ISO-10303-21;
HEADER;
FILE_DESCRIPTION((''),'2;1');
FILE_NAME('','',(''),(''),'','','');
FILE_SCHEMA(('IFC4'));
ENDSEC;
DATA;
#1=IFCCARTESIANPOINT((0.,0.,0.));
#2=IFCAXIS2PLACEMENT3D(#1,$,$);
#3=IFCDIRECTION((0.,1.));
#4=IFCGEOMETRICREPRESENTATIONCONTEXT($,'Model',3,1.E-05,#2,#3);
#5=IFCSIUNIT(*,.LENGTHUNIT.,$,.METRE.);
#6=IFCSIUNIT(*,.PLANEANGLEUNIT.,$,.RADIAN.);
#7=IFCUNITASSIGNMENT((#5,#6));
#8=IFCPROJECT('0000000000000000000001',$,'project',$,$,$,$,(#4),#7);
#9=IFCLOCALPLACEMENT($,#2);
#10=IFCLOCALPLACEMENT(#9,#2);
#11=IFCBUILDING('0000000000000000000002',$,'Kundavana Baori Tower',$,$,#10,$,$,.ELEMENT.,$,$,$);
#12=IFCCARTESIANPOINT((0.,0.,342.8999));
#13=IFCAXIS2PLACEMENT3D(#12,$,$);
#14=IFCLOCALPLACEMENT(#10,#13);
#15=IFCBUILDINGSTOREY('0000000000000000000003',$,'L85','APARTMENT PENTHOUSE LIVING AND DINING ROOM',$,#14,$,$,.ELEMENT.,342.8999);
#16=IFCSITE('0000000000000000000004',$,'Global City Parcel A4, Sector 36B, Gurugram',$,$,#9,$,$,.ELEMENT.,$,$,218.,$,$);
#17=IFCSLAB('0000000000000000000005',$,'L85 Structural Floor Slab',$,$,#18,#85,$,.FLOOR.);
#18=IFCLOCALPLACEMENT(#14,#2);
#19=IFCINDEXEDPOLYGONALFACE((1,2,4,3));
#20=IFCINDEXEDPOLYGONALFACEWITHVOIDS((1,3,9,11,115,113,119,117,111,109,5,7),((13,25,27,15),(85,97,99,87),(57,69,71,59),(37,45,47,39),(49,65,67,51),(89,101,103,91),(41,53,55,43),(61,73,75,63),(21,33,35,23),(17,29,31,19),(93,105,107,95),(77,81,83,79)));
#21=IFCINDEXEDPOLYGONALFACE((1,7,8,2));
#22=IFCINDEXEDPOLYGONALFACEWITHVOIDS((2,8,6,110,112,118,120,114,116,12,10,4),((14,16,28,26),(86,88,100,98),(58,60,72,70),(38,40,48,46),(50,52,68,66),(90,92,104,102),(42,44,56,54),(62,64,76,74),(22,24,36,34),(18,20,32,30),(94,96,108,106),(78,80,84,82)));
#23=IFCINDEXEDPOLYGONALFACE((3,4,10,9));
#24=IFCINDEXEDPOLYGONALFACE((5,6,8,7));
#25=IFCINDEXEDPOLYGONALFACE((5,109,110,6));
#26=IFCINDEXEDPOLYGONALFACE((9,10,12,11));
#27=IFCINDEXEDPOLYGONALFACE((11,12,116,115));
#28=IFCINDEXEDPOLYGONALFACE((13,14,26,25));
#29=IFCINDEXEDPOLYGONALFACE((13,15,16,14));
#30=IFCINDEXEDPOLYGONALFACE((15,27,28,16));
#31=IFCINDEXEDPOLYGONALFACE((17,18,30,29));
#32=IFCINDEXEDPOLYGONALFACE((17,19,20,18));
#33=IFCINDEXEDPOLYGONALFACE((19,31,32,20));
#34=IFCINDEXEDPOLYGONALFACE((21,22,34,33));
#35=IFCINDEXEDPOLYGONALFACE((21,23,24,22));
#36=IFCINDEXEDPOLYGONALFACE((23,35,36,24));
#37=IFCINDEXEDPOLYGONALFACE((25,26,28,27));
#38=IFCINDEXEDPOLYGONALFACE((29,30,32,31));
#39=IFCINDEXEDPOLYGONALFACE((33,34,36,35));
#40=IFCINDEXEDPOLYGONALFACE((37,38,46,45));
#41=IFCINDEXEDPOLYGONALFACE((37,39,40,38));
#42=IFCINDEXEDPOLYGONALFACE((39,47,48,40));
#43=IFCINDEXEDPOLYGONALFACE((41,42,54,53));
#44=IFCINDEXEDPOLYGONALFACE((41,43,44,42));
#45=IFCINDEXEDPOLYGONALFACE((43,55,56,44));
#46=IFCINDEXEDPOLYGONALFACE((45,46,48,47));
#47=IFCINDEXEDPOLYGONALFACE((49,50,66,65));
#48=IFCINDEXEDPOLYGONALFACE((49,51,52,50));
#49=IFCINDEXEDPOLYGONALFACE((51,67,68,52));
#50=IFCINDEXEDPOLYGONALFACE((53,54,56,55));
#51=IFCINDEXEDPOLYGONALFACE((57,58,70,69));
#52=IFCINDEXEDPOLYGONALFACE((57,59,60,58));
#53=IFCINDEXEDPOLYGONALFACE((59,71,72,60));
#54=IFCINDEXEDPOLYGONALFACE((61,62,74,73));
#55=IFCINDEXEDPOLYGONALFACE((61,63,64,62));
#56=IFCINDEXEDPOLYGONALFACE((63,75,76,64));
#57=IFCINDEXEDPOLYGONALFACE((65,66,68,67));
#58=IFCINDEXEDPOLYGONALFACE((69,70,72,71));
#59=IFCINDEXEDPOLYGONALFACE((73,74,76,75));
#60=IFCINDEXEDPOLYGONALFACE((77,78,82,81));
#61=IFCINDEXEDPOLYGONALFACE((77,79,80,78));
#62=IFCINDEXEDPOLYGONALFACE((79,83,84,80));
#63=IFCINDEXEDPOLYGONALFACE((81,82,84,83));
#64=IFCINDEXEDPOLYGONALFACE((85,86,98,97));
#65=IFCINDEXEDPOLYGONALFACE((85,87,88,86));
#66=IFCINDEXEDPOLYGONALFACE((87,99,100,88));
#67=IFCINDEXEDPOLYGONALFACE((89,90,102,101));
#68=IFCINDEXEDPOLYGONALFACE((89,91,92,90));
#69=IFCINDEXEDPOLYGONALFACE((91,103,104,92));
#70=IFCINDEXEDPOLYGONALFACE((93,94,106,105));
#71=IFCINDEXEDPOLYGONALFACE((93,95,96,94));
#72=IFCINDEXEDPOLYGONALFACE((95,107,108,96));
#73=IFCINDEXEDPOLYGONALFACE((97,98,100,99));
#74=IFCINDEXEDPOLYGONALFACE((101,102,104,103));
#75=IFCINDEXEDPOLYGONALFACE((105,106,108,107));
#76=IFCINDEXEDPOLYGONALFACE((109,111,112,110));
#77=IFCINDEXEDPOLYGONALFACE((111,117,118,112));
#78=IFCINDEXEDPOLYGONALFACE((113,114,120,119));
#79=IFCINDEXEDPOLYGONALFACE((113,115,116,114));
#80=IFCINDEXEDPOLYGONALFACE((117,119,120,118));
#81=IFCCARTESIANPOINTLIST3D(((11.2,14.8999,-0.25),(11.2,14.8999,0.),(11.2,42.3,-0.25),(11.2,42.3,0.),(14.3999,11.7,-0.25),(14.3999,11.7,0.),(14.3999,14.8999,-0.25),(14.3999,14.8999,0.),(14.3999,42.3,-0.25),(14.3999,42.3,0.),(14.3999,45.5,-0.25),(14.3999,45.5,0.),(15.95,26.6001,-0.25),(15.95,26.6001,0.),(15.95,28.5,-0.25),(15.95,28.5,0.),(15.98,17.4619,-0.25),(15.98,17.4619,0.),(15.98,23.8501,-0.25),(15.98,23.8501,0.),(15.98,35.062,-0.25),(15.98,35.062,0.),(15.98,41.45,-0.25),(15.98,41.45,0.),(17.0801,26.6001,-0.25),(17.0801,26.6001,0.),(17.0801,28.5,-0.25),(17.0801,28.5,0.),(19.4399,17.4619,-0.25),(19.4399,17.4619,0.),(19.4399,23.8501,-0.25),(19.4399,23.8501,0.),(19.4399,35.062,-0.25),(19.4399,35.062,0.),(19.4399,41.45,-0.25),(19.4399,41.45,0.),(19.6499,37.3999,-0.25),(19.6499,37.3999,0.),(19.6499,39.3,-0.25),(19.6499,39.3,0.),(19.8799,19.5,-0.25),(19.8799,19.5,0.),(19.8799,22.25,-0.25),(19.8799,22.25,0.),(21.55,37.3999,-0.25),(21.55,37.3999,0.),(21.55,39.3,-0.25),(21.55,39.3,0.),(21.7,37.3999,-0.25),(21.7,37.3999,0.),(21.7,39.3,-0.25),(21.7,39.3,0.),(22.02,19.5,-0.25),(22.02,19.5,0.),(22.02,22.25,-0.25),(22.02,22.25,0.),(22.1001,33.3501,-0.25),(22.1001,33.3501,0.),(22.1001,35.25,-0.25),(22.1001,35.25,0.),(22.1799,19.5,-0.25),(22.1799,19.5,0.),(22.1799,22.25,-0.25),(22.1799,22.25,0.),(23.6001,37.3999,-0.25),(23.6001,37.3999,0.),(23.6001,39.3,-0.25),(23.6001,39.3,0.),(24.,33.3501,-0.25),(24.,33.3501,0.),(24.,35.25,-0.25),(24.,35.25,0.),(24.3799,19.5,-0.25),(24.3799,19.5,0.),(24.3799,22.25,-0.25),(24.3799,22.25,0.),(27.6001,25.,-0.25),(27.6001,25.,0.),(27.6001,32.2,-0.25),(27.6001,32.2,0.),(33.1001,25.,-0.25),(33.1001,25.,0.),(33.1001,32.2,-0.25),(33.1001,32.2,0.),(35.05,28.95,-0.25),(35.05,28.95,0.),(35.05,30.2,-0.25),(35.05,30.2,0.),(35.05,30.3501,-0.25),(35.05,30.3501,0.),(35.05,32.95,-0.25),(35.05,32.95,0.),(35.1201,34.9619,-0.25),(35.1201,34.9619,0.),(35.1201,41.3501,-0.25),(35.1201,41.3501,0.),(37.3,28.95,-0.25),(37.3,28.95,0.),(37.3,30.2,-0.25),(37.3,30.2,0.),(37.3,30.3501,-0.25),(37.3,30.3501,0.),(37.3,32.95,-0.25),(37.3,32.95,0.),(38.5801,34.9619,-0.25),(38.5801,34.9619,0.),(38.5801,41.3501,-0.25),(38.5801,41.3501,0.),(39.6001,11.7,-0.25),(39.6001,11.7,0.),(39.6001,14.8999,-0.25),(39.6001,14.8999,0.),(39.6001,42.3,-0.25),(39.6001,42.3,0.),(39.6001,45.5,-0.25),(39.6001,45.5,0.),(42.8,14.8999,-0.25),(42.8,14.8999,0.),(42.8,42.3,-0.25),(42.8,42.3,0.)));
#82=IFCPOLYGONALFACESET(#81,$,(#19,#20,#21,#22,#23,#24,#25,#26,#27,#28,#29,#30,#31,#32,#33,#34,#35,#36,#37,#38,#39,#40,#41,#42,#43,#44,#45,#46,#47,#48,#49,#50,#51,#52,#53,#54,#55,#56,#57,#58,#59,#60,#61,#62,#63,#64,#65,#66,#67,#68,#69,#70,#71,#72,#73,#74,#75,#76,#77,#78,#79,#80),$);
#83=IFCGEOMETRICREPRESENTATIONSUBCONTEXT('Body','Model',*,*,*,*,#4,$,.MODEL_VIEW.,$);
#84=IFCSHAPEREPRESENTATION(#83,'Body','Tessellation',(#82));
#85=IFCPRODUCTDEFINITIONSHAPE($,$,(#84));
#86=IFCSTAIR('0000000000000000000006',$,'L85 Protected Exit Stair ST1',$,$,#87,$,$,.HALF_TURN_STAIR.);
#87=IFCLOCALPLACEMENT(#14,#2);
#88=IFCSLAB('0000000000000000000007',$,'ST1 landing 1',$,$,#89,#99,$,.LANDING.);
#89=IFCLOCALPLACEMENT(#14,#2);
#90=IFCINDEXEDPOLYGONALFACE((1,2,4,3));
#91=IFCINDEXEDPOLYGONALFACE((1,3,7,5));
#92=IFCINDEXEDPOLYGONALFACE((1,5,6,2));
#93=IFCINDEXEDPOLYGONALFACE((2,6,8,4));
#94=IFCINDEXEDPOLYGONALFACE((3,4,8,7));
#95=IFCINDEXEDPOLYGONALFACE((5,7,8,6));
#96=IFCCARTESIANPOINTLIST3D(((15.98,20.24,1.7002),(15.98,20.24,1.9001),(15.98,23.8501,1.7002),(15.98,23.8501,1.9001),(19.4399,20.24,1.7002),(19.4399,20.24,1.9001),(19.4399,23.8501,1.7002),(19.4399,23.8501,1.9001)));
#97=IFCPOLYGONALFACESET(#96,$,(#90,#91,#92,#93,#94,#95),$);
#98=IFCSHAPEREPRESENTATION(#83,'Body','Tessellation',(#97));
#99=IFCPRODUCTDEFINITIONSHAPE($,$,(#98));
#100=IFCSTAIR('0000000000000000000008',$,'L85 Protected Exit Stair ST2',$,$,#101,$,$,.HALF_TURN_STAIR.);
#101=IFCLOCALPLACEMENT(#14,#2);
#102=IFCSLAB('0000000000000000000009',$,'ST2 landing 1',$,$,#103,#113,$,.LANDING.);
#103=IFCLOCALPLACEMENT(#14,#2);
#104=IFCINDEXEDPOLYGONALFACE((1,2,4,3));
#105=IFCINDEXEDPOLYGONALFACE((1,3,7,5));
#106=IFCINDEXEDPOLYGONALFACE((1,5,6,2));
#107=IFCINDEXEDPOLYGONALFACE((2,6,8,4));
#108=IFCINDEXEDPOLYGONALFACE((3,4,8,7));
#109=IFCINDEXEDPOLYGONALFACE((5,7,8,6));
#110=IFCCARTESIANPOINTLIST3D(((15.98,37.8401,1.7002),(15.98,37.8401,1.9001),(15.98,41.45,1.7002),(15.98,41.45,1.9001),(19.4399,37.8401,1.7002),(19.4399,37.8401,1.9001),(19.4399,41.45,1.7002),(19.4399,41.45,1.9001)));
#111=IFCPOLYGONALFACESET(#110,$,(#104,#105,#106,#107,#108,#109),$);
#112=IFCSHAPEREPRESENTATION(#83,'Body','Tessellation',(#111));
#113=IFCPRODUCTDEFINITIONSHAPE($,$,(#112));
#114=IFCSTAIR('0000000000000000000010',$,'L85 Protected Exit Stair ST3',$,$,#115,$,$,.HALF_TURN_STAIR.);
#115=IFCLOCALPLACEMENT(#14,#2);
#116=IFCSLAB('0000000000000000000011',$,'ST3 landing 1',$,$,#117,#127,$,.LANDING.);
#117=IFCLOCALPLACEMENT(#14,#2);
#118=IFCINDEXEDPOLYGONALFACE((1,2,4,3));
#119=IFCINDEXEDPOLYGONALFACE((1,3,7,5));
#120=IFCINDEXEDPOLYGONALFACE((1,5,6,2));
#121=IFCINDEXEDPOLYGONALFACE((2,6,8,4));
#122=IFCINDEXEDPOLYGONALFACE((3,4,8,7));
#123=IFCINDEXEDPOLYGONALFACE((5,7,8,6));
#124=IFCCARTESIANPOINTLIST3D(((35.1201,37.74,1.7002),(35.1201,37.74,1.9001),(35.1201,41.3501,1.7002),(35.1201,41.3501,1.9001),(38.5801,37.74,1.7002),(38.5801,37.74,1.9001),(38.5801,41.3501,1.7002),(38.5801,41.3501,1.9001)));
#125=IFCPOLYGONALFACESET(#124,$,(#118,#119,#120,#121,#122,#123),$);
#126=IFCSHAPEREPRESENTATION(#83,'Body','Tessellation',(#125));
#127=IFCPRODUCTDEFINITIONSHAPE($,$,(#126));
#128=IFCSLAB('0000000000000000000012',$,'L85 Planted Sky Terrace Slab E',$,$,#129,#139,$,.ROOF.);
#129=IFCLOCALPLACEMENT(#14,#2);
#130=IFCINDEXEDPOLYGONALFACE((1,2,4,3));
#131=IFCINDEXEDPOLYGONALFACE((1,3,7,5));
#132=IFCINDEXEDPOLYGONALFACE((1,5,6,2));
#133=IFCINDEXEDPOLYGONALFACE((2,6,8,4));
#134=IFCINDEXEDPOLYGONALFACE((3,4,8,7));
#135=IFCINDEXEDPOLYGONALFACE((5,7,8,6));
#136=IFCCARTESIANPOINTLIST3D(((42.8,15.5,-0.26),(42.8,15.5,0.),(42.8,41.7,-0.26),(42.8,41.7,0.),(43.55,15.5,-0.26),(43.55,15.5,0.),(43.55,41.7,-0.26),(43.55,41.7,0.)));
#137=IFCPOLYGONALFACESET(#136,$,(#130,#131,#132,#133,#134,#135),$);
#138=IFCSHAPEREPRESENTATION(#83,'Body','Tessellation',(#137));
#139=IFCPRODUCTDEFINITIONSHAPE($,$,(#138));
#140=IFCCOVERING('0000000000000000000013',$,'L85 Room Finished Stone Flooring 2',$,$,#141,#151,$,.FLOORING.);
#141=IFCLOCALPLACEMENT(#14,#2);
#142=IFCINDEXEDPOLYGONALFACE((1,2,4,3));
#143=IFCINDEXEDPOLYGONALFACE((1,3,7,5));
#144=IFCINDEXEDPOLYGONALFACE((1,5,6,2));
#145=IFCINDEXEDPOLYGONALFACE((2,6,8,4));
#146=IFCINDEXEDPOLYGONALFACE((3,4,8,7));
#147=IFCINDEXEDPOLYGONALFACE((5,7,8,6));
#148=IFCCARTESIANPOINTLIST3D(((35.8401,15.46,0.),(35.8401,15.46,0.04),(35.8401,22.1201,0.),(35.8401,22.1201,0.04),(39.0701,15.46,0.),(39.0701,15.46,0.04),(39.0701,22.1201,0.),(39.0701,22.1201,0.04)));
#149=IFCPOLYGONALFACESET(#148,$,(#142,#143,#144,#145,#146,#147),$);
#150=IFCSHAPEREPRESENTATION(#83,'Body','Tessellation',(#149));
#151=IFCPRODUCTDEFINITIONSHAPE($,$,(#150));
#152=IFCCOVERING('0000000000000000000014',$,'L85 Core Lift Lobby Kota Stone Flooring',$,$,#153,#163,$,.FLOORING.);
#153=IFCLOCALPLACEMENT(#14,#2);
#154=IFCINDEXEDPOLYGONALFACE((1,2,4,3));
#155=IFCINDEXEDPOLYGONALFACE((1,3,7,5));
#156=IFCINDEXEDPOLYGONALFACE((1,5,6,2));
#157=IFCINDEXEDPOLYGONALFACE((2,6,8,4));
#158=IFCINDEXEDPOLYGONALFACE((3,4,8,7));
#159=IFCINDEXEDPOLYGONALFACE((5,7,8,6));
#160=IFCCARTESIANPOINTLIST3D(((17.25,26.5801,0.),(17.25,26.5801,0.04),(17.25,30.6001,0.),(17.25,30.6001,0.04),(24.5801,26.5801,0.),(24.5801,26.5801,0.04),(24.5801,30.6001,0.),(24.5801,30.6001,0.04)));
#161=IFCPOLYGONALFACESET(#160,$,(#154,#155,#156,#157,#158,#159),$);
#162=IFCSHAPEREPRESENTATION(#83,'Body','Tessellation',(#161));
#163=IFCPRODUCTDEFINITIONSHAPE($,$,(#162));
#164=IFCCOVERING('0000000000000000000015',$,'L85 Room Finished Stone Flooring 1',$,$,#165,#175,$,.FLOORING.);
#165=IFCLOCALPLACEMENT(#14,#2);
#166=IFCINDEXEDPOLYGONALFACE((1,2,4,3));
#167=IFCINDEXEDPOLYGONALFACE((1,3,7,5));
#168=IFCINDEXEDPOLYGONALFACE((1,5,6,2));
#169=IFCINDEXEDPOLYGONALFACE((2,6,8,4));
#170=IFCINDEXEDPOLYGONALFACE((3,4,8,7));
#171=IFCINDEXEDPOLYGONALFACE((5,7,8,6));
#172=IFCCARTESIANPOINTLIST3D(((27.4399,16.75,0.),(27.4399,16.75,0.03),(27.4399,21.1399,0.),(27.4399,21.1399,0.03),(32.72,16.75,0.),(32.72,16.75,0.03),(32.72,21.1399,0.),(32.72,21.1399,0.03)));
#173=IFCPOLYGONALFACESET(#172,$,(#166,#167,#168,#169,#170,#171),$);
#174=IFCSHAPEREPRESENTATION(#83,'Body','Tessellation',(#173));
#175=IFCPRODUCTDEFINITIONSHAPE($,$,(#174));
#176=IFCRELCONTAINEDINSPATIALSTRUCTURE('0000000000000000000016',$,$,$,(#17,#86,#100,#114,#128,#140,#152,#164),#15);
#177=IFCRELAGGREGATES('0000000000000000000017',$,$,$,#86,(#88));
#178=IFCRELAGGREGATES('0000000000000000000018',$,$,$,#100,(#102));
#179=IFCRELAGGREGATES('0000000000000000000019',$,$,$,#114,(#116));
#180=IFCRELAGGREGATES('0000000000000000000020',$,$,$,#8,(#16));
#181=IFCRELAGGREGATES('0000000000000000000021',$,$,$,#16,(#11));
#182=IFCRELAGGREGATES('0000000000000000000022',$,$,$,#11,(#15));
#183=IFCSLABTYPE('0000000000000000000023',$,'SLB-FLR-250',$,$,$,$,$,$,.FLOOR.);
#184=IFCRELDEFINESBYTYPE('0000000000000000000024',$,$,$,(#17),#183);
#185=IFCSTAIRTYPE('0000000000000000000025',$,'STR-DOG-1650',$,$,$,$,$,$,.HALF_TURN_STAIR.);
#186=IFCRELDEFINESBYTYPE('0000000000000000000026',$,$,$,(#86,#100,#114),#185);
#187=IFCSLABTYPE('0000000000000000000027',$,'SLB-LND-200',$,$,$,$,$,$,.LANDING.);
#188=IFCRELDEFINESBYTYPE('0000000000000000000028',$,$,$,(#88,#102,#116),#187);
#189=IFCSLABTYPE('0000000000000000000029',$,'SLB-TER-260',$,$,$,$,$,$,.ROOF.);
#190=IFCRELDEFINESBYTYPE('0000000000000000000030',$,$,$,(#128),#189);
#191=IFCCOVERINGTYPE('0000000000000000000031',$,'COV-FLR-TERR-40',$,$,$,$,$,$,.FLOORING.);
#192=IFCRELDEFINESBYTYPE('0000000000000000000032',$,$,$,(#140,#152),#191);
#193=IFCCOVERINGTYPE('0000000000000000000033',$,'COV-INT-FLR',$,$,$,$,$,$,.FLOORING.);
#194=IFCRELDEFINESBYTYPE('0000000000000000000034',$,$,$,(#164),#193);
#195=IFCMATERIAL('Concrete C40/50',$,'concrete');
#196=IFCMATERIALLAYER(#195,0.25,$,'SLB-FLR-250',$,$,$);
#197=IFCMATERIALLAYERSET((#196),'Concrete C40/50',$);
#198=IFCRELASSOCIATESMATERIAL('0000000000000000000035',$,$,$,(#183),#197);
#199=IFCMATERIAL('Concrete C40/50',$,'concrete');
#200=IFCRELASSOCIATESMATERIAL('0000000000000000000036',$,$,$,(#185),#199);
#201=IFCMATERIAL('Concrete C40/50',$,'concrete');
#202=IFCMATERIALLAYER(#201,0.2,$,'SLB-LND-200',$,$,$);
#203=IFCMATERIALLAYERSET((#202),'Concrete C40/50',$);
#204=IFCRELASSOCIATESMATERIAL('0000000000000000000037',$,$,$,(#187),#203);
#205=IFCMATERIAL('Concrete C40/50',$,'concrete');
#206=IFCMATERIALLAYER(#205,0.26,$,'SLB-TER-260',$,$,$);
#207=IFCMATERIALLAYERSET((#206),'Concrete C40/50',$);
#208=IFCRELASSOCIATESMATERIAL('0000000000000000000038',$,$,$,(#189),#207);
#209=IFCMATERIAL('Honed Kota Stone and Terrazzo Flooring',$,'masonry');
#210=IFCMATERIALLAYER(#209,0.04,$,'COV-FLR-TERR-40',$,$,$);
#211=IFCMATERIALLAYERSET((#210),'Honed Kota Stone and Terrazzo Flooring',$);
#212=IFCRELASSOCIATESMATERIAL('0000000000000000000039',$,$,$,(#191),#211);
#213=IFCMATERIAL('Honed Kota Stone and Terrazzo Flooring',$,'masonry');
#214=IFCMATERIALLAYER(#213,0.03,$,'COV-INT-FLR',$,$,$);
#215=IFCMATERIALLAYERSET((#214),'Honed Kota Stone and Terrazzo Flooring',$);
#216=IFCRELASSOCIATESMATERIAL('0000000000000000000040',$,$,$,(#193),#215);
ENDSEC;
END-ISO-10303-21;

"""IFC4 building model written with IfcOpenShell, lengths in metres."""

from ifc_helpers import new_model, si_unit, direction, frame, origin, place, context, subcontext, project, spatial, polyline, outline, extrude, material, layer, layer_set, type_object, element, aggregate, save


model = new_model("IFC4")

# Units and contexts
model_context = context("Model", 3, precision=1e-05, world=origin(), true_north=direction((0.0, 1.0)))
body_context = subcontext(model_context, "Body", "Model", "MODEL_VIEW")
ifc_project = project(units=[si_unit("LENGTHUNIT", "METRE"), si_unit("PLANEANGLEUNIT", "RADIAN")], contexts=[model_context])

# Site, building, storey
site_placement = place(None, origin())
site = spatial("IfcSite", under=ifc_project, at=site_placement, Name="Global City Parcel A4, Sector 36B, Gurugram", CompositionType="ELEMENT", RefElevation=218.0)
building_placement = place(site_placement, origin())
building = spatial("IfcBuilding", under=site, at=building_placement, Name="Kundavana Baori Tower", CompositionType="ELEMENT")
storey_placement = place(building_placement, frame((0.0, 0.0, 342.8999)))
storey = spatial("IfcBuildingStorey", under=building, at=storey_placement, Name="L85", Description="APARTMENT PENTHOUSE LIVING AND DINING ROOM", CompositionType="ELEMENT", Elevation=342.8999)

# Slab
ifc_material_1 = material(Name="Concrete C40/50", Category="concrete")
ifc_layer_1 = layer(ifc_material_1, 0.25, Name="SLB-FLR-250")
ifc_layer_set_1 = layer_set([ifc_layer_1], Name="Concrete C40/50")
slab_type_1 = type_object("IfcSlabType", Name="SLB-FLR-250", PredefinedType="FLOOR", material=ifc_layer_set_1)
slab_1_placement = place(storey_placement, frame((0.0, 0.0, -0.25)))
element("IfcSlab", 1, at=slab_1_placement, inside=storey, type_object=slab_type_1, Name="L85 Structural Floor Slab", PredefinedType="FLOOR", context=body_context, shape_type="SweptSolid", body=[
    extrude(outline(polyline([(14.3999, 11.7), (39.6001, 11.7), (39.6001, 14.8999), (42.8, 14.8999), (42.8, 42.3), (39.6001, 42.3), (39.6001, 45.5), (14.3999, 45.5), (14.3999, 42.3), (11.2, 42.3), (11.2, 14.8999), (14.3999, 14.8999), (14.3999, 11.7)]), holes=[polyline([(19.4399, 17.4619), (19.4399, 23.8501), (15.98, 23.8501), (15.98, 17.4619), (19.4399, 17.4619)]), polyline([(19.4399, 35.062), (19.4399, 41.45), (15.98, 41.45), (15.98, 35.062), (19.4399, 35.062)]), polyline([(38.5801, 34.9619), (38.5801, 41.3501), (35.1201, 41.3501), (35.1201, 34.9619), (38.5801, 34.9619)]), polyline([(19.6499, 37.3999), (21.55, 37.3999), (21.55, 39.3), (19.6499, 39.3), (19.6499, 37.3999)]), polyline([(21.7, 37.3999), (23.6001, 37.3999), (23.6001, 39.3), (21.7, 39.3), (21.7, 37.3999)]), polyline([(22.1001, 33.3501), (24.0, 33.3501), (24.0, 35.25), (22.1001, 35.25), (22.1001, 33.3501)]), polyline([(19.8799, 19.5), (22.02, 19.5), (22.02, 22.25), (19.8799, 22.25), (19.8799, 19.5)]), polyline([(22.1799, 19.5), (24.3799, 19.5), (24.3799, 22.25), (22.1799, 22.25), (22.1799, 19.5)]), polyline([(35.05, 30.3501), (37.3, 30.3501), (37.3, 32.95), (35.05, 32.95), (35.05, 30.3501)]), polyline([(15.95, 26.6001), (17.0801, 26.6001), (17.0801, 28.5), (15.95, 28.5), (15.95, 26.6001)]), polyline([(35.05, 28.95), (37.3, 28.95), (37.3, 30.2), (35.05, 30.2), (35.05, 28.95)]), polyline([(27.6001, 25.0), (33.1001, 25.0), (33.1001, 32.2), (27.6001, 32.2), (27.6001, 25.0)])]), origin(), (0.0, 0.0, 1.0), 0.25),
])

# Stairs, slabs
ifc_material_2 = material(Name="Concrete C40/50", Category="concrete")
stair_type = type_object("IfcStairType", Name="STR-DOG-1650", PredefinedType="HALF_TURN_STAIR", material=ifc_material_2)
stair_1_placement = place(storey_placement, origin())
stair_1 = element("IfcStair", 2, at=stair_1_placement, inside=storey, type_object=stair_type, Name="L85 Protected Exit Stair ST1", PredefinedType="HALF_TURN_STAIR")
ifc_material_3 = material(Name="Concrete C40/50", Category="concrete")
ifc_layer_2 = layer(ifc_material_3, 0.2, Name="SLB-LND-200")
ifc_layer_set_2 = layer_set([ifc_layer_2], Name="Concrete C40/50")
slab_type_2 = type_object("IfcSlabType", Name="SLB-LND-200", PredefinedType="LANDING", material=ifc_layer_set_2)
slab_2_placement = place(storey_placement, frame((0.0, 0.0, 1.7002)))
slab_2 = element("IfcSlab", 3, at=slab_2_placement, type_object=slab_type_2, Name="ST1 landing 1", PredefinedType="LANDING", context=body_context, shape_type="SweptSolid", body=[
    extrude(outline(polyline([(19.4399, 20.24), (19.4399, 23.8501), (15.98, 23.8501), (15.98, 20.24), (19.4399, 20.24)])), origin(), (0.0, 0.0, 1.0), 0.2),
])
aggregate(stair_1, [slab_2])
stair_2_placement = place(storey_placement, origin())
stair_2 = element("IfcStair", 4, at=stair_2_placement, inside=storey, type_object=stair_type, Name="L85 Protected Exit Stair ST2", PredefinedType="HALF_TURN_STAIR")
slab_3_placement = place(storey_placement, frame((0.0, 0.0, 1.7002)))
slab_3 = element("IfcSlab", 5, at=slab_3_placement, type_object=slab_type_2, Name="ST2 landing 1", PredefinedType="LANDING", context=body_context, shape_type="SweptSolid", body=[
    extrude(outline(polyline([(19.4399, 37.8401), (19.4399, 41.45), (15.98, 41.45), (15.98, 37.8401), (19.4399, 37.8401)])), origin(), (0.0, 0.0, 1.0), 0.2),
])
aggregate(stair_2, [slab_3])
stair_3_placement = place(storey_placement, origin())
stair_3 = element("IfcStair", 6, at=stair_3_placement, inside=storey, type_object=stair_type, Name="L85 Protected Exit Stair ST3", PredefinedType="HALF_TURN_STAIR")
slab_4_placement = place(storey_placement, frame((0.0, 0.0, 1.7002)))
slab_4 = element("IfcSlab", 7, at=slab_4_placement, type_object=slab_type_2, Name="ST3 landing 1", PredefinedType="LANDING", context=body_context, shape_type="SweptSolid", body=[
    extrude(outline(polyline([(38.5801, 37.74), (38.5801, 41.3501), (35.1201, 41.3501), (35.1201, 37.74), (38.5801, 37.74)])), origin(), (0.0, 0.0, 1.0), 0.2),
])
aggregate(stair_3, [slab_4])

# Slab
ifc_material_4 = material(Name="Concrete C40/50", Category="concrete")
ifc_layer_3 = layer(ifc_material_4, 0.26, Name="SLB-TER-260")
ifc_layer_set_3 = layer_set([ifc_layer_3], Name="Concrete C40/50")
slab_type_3 = type_object("IfcSlabType", Name="SLB-TER-260", PredefinedType="ROOF", material=ifc_layer_set_3)
slab_5_placement = place(storey_placement, frame((0.0, 0.0, -0.26)))
element("IfcSlab", 8, at=slab_5_placement, inside=storey, type_object=slab_type_3, Name="L85 Planted Sky Terrace Slab E", PredefinedType="ROOF", context=body_context, shape_type="SweptSolid", body=[
    extrude(outline(polyline([(42.8, 15.5), (42.8, 41.7), (43.55, 41.7), (43.55, 15.5), (42.8, 15.5)])), origin(), (0.0, 0.0, 1.0), 0.26),
])

# Coverings
ifc_material_5 = material(Name="Honed Kota Stone and Terrazzo Flooring", Category="masonry")
ifc_layer_4 = layer(ifc_material_5, 0.04, Name="COV-FLR-TERR-40")
ifc_layer_set_4 = layer_set([ifc_layer_4], Name="Honed Kota Stone and Terrazzo Flooring")
covering_type_1 = type_object("IfcCoveringType", Name="COV-FLR-TERR-40", PredefinedType="FLOORING", material=ifc_layer_set_4)
covering_1_placement = place(storey_placement, origin())
element("IfcCovering", 9, at=covering_1_placement, inside=storey, type_object=covering_type_1, Name="L85 Room Finished Stone Flooring 2", PredefinedType="FLOORING", context=body_context, shape_type="SweptSolid", body=[
    extrude(outline(polyline([(35.8401, 15.46), (39.0701, 15.46), (39.0701, 22.1201), (35.8401, 22.1201), (35.8401, 15.46)])), origin(), (0.0, 0.0, 1.0), 0.04),
])
covering_2_placement = place(storey_placement, origin())
element("IfcCovering", 10, at=covering_2_placement, inside=storey, type_object=covering_type_1, Name="L85 Core Lift Lobby Kota Stone Flooring", PredefinedType="FLOORING", context=body_context, shape_type="SweptSolid", body=[
    extrude(outline(polyline([(17.25, 26.5801), (24.5801, 26.5801), (24.5801, 30.6001), (17.25, 30.6001), (17.25, 26.5801)])), origin(), (0.0, 0.0, 1.0), 0.04),
])
ifc_material_6 = material(Name="Honed Kota Stone and Terrazzo Flooring", Category="masonry")
ifc_layer_5 = layer(ifc_material_6, 0.03, Name="COV-INT-FLR")
ifc_layer_set_5 = layer_set([ifc_layer_5], Name="Honed Kota Stone and Terrazzo Flooring")
covering_type_2 = type_object("IfcCoveringType", Name="COV-INT-FLR", PredefinedType="FLOORING", material=ifc_layer_set_5)
covering_3_placement = place(storey_placement, origin())
element("IfcCovering", 11, at=covering_3_placement, inside=storey, type_object=covering_type_2, Name="L85 Room Finished Stone Flooring 1", PredefinedType="FLOORING", context=body_context, shape_type="SweptSolid", body=[
    extrude(outline(polyline([(27.4399, 16.75), (32.72, 16.75), (32.72, 21.1399), (27.4399, 21.1399), (27.4399, 16.75)])), origin(), (0.0, 0.0, 1.0), 0.03),
])

save(model, "model.ifc")
